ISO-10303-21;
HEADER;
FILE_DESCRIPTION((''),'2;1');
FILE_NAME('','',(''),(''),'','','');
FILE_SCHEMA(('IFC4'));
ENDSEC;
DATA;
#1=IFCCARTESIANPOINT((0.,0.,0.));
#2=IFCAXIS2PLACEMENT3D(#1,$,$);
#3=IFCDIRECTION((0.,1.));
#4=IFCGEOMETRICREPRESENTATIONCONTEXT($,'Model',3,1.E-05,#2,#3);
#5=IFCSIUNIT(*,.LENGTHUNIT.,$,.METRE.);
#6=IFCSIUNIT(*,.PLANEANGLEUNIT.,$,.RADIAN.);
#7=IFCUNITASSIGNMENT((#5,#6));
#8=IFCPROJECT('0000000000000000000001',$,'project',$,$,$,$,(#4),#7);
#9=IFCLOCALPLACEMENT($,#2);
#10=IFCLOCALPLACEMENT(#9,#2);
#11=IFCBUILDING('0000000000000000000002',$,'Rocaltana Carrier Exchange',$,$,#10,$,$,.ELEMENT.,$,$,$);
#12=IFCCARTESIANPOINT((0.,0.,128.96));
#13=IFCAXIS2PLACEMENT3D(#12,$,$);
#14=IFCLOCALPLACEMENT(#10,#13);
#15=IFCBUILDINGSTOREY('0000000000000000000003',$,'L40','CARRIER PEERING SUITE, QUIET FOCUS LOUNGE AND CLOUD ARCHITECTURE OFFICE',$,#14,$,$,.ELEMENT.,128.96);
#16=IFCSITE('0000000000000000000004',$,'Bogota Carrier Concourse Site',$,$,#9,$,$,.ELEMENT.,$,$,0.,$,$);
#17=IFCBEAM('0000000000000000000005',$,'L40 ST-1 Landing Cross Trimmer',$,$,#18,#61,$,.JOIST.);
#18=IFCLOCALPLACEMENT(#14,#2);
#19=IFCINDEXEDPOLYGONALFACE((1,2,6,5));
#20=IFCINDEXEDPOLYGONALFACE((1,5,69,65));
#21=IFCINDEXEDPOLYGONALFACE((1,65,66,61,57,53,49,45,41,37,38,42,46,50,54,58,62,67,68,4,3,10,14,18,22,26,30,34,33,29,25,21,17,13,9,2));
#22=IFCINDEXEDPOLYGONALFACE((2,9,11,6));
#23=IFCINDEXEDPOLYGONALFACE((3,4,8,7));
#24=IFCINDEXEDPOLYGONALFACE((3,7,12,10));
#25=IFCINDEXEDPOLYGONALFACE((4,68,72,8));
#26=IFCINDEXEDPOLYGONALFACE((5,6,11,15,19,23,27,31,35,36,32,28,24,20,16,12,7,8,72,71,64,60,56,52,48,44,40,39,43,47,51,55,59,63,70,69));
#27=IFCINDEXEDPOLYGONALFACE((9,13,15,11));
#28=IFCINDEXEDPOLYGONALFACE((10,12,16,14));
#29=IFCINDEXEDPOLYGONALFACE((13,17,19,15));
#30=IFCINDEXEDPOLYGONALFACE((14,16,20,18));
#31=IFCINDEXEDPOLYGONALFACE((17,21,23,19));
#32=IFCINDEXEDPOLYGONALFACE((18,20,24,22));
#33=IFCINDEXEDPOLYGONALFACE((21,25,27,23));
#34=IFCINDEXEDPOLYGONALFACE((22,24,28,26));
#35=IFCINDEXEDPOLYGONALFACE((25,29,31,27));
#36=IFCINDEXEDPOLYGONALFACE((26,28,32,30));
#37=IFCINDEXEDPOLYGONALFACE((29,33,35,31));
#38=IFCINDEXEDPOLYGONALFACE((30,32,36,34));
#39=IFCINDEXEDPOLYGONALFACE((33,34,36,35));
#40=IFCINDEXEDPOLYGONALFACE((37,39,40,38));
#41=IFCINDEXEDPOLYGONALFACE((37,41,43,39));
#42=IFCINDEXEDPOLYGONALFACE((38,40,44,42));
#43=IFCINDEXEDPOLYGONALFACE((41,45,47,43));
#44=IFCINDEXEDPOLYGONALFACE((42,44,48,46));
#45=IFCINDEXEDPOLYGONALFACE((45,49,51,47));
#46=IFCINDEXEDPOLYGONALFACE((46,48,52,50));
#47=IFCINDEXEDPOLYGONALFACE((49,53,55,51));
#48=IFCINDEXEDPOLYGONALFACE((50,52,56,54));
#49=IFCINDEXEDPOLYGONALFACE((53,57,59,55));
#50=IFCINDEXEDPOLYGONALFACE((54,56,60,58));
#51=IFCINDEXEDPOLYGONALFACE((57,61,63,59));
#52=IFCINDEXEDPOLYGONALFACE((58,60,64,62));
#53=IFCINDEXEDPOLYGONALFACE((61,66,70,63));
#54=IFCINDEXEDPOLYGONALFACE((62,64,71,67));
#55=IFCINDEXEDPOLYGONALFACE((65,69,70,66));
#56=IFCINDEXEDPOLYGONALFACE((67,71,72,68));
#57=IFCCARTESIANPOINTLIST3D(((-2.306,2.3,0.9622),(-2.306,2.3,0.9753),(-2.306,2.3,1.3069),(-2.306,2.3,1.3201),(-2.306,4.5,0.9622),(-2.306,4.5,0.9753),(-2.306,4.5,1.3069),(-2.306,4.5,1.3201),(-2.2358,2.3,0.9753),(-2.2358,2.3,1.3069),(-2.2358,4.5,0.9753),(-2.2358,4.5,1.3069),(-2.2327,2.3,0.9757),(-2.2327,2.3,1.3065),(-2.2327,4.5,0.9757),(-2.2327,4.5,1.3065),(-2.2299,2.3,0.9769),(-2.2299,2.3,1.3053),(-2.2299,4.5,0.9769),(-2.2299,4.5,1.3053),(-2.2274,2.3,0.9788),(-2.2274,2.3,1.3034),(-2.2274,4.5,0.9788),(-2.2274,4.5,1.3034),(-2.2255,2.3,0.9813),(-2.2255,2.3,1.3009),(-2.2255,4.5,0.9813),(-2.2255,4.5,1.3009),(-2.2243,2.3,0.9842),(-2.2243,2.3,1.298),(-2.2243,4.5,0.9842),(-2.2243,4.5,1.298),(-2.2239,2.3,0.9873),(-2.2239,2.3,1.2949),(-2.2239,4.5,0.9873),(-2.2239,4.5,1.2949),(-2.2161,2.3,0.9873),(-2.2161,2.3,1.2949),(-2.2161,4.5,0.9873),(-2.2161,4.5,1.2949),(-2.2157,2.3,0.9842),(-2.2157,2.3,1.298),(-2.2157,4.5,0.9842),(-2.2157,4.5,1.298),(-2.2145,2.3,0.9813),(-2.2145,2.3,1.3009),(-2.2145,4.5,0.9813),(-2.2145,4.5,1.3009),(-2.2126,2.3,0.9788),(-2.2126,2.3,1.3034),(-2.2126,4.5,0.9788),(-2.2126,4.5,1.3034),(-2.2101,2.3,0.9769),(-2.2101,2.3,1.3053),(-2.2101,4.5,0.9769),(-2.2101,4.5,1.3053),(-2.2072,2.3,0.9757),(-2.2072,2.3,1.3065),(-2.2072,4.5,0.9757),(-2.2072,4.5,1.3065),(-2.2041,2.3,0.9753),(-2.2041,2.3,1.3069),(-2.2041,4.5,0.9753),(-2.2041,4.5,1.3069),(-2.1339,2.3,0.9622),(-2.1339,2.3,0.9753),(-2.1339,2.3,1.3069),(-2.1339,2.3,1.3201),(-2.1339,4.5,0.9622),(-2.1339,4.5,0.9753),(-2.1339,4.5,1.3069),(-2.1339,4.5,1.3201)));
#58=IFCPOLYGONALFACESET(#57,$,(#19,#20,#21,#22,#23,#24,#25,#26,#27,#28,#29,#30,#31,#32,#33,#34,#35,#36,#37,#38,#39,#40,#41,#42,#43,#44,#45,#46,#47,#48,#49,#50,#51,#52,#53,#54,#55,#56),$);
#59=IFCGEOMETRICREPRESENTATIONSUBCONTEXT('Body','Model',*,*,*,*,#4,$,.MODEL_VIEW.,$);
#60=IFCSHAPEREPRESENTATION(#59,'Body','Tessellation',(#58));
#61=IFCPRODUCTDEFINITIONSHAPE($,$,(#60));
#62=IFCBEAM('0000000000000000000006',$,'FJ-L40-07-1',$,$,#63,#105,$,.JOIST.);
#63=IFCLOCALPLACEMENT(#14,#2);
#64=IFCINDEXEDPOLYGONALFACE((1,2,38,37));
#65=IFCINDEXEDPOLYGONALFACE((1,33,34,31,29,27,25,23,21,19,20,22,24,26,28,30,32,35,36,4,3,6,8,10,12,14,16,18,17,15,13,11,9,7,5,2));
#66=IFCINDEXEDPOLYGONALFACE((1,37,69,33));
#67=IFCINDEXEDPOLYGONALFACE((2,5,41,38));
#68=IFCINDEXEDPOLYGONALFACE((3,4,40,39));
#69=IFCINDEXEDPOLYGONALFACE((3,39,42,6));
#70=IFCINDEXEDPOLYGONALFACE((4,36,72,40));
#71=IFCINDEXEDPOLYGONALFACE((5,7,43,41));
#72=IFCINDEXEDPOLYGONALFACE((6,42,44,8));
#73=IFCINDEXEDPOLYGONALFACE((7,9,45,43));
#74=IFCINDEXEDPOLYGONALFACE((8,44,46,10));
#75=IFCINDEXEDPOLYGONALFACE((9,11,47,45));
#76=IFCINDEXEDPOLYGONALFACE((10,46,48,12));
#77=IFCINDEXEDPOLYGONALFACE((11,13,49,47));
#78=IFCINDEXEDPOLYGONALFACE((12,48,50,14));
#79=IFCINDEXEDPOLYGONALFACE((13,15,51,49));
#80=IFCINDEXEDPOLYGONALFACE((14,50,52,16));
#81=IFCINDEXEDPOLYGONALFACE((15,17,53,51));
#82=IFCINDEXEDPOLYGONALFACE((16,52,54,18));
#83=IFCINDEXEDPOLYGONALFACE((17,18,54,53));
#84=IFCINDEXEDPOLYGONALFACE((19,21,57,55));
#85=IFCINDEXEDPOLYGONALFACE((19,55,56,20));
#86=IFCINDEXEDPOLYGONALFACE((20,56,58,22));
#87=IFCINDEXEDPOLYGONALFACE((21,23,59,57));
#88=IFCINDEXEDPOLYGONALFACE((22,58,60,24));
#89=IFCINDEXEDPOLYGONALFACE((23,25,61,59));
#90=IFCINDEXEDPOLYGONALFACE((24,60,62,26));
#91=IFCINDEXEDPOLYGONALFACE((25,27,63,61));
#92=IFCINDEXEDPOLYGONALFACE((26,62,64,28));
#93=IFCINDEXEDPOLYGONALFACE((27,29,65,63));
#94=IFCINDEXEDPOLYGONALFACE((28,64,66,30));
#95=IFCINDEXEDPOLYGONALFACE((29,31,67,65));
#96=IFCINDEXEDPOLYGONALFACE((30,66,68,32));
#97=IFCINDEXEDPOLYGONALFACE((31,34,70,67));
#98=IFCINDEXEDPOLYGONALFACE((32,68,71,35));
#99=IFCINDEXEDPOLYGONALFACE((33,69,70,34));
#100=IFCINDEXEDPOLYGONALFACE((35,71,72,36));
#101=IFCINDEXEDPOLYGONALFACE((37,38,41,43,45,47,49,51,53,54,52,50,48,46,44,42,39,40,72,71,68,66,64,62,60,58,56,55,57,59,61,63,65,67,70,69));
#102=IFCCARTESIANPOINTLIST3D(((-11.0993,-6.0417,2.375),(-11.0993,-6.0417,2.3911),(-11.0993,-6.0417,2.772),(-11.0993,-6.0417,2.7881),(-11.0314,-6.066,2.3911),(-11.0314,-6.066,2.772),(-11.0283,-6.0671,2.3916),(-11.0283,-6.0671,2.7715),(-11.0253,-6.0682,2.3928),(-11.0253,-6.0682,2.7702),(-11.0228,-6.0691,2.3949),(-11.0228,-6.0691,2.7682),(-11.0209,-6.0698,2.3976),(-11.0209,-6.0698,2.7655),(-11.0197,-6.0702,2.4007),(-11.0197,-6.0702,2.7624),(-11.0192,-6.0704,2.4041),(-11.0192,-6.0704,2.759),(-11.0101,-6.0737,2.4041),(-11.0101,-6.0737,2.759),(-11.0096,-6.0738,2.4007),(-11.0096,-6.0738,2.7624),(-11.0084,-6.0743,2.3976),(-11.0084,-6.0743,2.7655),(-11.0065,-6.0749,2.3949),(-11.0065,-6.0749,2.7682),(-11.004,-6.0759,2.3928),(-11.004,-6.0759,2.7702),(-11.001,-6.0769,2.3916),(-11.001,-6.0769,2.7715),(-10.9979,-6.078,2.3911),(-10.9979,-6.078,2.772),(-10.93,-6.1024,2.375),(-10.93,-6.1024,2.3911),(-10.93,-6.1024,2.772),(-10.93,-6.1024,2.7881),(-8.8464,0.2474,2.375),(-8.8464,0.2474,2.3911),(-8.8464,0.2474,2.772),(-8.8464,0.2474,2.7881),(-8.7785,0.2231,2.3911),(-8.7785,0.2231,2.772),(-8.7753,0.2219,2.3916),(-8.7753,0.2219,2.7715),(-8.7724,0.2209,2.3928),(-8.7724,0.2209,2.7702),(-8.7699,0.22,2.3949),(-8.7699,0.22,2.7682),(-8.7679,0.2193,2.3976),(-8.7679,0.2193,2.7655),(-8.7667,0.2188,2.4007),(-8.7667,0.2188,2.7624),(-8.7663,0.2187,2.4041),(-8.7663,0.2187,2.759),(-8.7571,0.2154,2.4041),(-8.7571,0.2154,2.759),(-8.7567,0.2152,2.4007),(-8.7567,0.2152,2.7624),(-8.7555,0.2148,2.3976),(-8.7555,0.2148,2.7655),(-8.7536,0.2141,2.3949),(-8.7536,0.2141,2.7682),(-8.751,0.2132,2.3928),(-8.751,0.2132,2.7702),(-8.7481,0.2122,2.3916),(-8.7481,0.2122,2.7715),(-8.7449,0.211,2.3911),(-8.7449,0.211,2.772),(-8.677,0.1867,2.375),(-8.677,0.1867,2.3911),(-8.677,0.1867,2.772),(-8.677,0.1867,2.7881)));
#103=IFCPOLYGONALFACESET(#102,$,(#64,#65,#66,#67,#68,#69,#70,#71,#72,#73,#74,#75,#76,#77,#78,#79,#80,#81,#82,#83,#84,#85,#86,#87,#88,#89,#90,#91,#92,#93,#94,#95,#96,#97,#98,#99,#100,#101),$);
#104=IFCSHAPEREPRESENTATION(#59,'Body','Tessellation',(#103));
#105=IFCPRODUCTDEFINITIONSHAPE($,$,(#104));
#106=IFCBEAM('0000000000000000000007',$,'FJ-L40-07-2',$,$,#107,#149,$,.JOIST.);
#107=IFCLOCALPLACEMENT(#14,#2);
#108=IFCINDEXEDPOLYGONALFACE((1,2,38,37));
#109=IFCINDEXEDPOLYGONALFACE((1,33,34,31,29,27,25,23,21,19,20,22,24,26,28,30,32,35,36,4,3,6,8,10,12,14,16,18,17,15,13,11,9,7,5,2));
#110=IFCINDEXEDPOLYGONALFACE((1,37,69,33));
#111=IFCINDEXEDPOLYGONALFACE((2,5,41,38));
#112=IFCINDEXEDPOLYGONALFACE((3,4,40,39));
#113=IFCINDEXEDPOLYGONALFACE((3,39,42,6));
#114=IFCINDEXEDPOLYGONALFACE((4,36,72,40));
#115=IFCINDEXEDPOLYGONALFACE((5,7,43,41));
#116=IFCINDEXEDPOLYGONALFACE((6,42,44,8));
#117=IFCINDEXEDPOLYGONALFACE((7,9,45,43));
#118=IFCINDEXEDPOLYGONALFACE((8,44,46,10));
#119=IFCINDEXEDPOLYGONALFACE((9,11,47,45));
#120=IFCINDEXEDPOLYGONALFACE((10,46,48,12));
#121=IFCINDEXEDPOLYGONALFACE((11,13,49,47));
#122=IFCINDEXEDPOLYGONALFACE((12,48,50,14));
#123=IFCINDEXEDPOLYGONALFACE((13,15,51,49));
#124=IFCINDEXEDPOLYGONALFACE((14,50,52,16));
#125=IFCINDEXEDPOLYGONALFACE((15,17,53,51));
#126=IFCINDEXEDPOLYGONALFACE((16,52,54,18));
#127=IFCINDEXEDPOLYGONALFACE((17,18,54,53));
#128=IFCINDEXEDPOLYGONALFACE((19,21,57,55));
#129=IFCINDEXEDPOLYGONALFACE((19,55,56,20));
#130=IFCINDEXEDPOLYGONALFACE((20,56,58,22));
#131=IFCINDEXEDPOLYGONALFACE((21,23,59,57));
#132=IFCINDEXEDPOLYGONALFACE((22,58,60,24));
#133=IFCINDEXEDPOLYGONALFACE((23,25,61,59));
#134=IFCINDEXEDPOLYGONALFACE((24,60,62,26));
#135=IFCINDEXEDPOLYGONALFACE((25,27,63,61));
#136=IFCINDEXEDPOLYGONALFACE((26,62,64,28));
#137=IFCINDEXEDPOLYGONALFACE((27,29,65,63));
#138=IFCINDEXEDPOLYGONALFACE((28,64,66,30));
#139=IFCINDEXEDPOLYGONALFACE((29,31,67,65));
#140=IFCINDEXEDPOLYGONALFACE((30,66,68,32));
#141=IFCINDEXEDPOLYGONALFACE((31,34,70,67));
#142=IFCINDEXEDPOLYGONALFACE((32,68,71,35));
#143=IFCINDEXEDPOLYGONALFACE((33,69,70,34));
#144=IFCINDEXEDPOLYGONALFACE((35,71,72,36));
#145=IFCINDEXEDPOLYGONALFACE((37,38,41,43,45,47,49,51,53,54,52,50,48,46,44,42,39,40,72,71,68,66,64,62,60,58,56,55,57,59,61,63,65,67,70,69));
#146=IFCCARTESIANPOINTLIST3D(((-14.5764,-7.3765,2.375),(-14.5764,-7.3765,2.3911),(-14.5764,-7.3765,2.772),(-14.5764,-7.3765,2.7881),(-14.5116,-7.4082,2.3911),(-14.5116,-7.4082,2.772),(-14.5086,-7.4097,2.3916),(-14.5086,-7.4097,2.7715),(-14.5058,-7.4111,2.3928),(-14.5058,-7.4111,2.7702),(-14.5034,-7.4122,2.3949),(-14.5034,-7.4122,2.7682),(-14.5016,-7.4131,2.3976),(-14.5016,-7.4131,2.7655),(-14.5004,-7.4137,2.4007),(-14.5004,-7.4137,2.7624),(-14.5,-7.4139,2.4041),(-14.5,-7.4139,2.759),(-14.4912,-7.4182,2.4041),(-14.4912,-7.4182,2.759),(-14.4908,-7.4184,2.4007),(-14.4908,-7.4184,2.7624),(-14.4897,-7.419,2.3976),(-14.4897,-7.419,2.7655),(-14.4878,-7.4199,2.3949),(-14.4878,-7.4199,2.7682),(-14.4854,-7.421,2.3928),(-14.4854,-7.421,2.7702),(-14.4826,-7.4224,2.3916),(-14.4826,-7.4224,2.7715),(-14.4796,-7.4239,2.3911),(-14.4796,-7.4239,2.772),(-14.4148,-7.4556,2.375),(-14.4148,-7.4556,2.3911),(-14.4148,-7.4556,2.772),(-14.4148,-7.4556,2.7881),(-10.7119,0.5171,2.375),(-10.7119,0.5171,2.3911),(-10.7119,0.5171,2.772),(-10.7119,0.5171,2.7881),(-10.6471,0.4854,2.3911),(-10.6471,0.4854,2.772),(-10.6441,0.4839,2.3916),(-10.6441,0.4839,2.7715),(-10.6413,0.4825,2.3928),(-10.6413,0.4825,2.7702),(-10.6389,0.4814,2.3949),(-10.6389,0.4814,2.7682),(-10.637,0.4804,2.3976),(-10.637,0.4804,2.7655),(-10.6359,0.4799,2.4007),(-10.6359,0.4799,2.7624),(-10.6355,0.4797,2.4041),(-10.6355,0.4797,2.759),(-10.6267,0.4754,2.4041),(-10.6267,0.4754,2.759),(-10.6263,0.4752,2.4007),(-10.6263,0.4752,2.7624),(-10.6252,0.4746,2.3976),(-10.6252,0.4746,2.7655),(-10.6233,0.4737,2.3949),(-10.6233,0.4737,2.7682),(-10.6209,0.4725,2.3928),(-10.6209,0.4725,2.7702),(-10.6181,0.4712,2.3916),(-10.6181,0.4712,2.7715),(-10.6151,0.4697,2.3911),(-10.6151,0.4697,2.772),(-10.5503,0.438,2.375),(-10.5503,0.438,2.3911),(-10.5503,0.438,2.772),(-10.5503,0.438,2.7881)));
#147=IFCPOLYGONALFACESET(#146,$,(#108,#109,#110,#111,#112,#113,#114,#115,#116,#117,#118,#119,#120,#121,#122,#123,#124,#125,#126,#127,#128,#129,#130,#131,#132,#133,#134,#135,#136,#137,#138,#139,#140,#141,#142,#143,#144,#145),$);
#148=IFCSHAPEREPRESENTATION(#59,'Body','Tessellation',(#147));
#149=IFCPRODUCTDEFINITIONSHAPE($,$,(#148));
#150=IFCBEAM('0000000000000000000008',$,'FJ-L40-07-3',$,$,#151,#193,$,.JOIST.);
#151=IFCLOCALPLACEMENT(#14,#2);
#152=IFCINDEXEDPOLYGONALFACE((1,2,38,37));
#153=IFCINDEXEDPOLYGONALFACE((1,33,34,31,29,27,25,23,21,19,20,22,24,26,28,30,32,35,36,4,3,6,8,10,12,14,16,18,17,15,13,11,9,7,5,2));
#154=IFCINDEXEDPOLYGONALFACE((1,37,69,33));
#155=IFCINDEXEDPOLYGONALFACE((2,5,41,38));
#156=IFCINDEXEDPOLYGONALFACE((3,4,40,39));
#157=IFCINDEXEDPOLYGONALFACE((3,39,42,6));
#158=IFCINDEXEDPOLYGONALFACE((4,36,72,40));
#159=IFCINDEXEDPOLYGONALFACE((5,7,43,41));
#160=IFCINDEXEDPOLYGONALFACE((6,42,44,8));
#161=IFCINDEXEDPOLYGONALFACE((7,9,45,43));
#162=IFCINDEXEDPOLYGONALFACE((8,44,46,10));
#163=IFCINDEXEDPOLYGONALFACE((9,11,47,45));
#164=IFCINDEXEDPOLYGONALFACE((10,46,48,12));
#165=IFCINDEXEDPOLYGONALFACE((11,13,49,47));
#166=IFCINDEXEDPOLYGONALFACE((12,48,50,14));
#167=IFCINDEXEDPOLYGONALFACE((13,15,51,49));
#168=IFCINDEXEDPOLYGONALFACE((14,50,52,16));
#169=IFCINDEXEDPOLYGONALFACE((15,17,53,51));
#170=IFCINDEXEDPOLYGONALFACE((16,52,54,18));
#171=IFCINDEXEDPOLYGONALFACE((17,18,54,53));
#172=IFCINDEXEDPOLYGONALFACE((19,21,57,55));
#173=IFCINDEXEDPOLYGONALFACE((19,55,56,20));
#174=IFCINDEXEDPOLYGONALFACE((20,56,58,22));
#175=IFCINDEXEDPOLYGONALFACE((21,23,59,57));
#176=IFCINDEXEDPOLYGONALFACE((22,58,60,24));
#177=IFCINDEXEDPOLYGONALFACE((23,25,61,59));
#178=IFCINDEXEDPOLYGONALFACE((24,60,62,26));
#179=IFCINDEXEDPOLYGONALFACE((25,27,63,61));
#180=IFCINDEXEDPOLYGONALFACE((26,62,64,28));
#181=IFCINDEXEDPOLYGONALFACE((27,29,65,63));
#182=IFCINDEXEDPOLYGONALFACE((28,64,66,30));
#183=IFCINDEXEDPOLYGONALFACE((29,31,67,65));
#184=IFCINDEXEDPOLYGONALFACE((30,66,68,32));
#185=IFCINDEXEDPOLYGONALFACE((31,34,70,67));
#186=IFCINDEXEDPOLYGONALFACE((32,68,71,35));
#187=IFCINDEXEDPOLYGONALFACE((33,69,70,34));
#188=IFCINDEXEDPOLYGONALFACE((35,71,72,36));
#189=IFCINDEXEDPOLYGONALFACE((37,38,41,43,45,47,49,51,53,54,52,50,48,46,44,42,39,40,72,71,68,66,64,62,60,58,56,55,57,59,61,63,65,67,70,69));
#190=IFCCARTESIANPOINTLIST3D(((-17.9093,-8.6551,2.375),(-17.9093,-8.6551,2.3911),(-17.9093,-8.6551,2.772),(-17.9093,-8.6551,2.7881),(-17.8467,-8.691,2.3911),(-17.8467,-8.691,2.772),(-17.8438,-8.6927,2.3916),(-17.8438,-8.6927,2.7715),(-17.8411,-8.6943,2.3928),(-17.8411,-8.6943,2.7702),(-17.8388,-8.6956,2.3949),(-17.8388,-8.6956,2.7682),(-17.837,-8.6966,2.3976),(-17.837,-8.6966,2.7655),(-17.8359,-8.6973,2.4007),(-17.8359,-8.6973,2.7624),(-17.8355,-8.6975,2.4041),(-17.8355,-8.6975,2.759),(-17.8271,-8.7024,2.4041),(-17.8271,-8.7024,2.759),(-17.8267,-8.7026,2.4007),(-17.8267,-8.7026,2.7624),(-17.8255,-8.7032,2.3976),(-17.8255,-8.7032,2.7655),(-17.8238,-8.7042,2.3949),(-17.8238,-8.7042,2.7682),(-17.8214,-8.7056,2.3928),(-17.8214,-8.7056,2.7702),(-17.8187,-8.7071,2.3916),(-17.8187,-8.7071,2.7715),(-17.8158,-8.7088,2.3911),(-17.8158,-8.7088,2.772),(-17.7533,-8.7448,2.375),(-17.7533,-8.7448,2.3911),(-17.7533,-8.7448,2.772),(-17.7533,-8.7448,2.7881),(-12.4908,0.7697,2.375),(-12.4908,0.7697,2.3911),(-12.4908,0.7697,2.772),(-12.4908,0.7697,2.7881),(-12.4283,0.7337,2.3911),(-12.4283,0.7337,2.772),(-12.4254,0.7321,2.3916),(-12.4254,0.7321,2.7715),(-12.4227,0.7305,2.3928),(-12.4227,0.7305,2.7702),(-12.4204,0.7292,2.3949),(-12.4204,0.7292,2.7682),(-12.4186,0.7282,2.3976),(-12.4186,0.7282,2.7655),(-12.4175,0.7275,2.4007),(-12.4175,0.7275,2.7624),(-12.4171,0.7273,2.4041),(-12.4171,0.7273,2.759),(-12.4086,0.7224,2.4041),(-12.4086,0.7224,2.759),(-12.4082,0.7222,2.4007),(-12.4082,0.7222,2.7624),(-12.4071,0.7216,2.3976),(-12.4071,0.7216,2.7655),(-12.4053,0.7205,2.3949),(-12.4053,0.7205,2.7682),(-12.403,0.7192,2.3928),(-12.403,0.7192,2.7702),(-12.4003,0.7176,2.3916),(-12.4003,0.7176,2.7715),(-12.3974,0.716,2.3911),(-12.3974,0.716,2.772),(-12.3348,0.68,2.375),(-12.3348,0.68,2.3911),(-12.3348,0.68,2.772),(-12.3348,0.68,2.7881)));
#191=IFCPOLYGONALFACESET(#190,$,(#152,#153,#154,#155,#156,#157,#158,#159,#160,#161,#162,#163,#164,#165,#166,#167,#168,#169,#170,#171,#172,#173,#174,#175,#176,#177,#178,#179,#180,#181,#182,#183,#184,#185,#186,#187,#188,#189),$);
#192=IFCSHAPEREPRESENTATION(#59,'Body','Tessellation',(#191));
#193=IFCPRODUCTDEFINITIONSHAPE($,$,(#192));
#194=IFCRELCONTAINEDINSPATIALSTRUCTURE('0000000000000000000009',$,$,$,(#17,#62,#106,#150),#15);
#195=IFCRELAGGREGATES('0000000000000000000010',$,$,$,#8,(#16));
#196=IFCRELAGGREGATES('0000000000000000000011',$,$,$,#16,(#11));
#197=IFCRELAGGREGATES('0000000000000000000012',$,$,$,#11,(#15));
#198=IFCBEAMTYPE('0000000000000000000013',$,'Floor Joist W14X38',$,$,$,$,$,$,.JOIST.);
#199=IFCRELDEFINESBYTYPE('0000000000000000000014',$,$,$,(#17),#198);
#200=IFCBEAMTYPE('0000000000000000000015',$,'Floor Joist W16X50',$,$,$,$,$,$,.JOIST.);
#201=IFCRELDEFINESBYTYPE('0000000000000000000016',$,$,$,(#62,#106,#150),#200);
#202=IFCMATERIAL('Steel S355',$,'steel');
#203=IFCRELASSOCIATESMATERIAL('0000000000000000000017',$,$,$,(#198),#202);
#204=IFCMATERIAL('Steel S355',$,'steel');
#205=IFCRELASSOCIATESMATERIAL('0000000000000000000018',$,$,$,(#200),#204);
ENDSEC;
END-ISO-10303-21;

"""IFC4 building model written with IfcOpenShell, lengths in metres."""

from ifc_helpers import new_model, si_unit, direction, frame, origin, origin_2d, place, context, subcontext, project, spatial, i_section, extrude, material, material_profile, profile_set, type_object, element, save


model = new_model("IFC4")

# Units and contexts
model_context = context("Model", 3, precision=1e-05, world=origin(), true_north=direction((0.0, 1.0)))
body_context = subcontext(model_context, "Body", "Model", "MODEL_VIEW")
ifc_project = project(units=[si_unit("LENGTHUNIT", "METRE"), si_unit("PLANEANGLEUNIT", "RADIAN")], contexts=[model_context])

# Site, building, storey
site_placement = place(None, origin())
site = spatial("IfcSite", under=ifc_project, at=site_placement, Name="Bogota Carrier Concourse Site", CompositionType="ELEMENT", RefElevation=0.0)
building_placement = place(site_placement, origin())
building = spatial("IfcBuilding", under=site, at=building_placement, Name="Rocaltana Carrier Exchange", CompositionType="ELEMENT")
storey_placement = place(building_placement, frame((0.0, 0.0, 128.96)))
storey = spatial("IfcBuildingStorey", under=building, at=storey_placement, Name="L40", Description="CARRIER PEERING SUITE, QUIET FOCUS LOUNGE AND CLOUD ARCHITECTURE OFFICE", CompositionType="ELEMENT", Elevation=128.96)

# Beams
ifc_material_1 = material(Name="Steel S355", Category="steel")
ifc_material_profile_1 = material_profile(ifc_material_1, i_section(OverallWidth=0.1721, OverallDepth=0.3579, WebThickness=0.0078, FlangeThickness=0.0132, FilletRadius=0.012, at=origin_2d()), Name="W14X38")
ifc_profile_set_1 = profile_set([ifc_material_profile_1], Name="Steel S355")
beam_type_1 = type_object("IfcBeamType", Name="Floor Joist W14X38", PredefinedType="JOIST", material=ifc_profile_set_1)
beam_1_placement = place(storey_placement, frame((-2.22, 2.3, 1.1411), z_axis=(0.0, 1.0, 0.0), x_axis=(-1.0, 0.0, 0.0)))
element("IfcBeam", 1, at=beam_1_placement, inside=storey, type_object=beam_type_1, Name="L40 ST-1 Landing Cross Trimmer", PredefinedType="JOIST", context=body_context, shape_type="SweptSolid", body=[
    extrude(i_section(OverallWidth=0.1721, OverallDepth=0.3579, WebThickness=0.0078, FlangeThickness=0.0132, FilletRadius=0.012, at=origin_2d()), origin(), (0.0, 0.0, 1.0), 2.2),
])
ifc_material_2 = material(Name="Steel S355", Category="steel")
ifc_material_profile_2 = material_profile(ifc_material_2, i_section(OverallWidth=0.1799, OverallDepth=0.4131, WebThickness=0.0098, FlangeThickness=0.0161, FilletRadius=0.0129, at=origin_2d()), Name="W16X50")
ifc_profile_set_2 = profile_set([ifc_material_profile_2], Name="Steel S355")
beam_type_2 = type_object("IfcBeamType", Name="Floor Joist W16X50", PredefinedType="JOIST", material=ifc_profile_set_2)
beam_2_placement = place(storey_placement, frame((-8.7617, 0.217, 2.5815), z_axis=(-0.337244, -0.941417, 0.0), x_axis=(0.941417, -0.337244, 0.0)))
element("IfcBeam", 2, at=beam_2_placement, inside=storey, type_object=beam_type_2, Name="FJ-L40-07-1", PredefinedType="JOIST", context=body_context, shape_type="SweptSolid", body=[
    extrude(i_section(OverallWidth=0.1799, OverallDepth=0.4131, WebThickness=0.0098, FlangeThickness=0.0161, FilletRadius=0.0129, at=origin_2d()), origin(), (0.0, 0.0, 1.0), 6.6804),
])
beam_3_placement = place(storey_placement, frame((-10.6311, 0.4775, 2.5815), z_axis=(-0.439709, -0.89814, 0.0), x_axis=(0.89814, -0.439709, 0.0)))
element("IfcBeam", 3, at=beam_3_placement, inside=storey, type_object=beam_type_2, Name="FJ-L40-07-2", PredefinedType="JOIST", context=body_context, shape_type="SweptSolid", body=[
    extrude(i_section(OverallWidth=0.1799, OverallDepth=0.4131, WebThickness=0.0098, FlangeThickness=0.0161, FilletRadius=0.0129, at=origin_2d()), origin(), (0.0, 0.0, 1.0), 8.7888),
])
beam_4_placement = place(storey_placement, frame((-12.4128, 0.7249, 2.5815), z_axis=(-0.498415, -0.866938, 0.0), x_axis=(0.866938, -0.498415, 0.0)))
element("IfcBeam", 4, at=beam_4_placement, inside=storey, type_object=beam_type_2, Name="FJ-L40-07-3", PredefinedType="JOIST", context=body_context, shape_type="SweptSolid", body=[
    extrude(i_section(OverallWidth=0.1799, OverallDepth=0.4131, WebThickness=0.0098, FlangeThickness=0.0161, FilletRadius=0.0129, at=origin_2d()), origin(), (0.0, 0.0, 1.0), 10.8713),
])

save(model, "model.ifc")
